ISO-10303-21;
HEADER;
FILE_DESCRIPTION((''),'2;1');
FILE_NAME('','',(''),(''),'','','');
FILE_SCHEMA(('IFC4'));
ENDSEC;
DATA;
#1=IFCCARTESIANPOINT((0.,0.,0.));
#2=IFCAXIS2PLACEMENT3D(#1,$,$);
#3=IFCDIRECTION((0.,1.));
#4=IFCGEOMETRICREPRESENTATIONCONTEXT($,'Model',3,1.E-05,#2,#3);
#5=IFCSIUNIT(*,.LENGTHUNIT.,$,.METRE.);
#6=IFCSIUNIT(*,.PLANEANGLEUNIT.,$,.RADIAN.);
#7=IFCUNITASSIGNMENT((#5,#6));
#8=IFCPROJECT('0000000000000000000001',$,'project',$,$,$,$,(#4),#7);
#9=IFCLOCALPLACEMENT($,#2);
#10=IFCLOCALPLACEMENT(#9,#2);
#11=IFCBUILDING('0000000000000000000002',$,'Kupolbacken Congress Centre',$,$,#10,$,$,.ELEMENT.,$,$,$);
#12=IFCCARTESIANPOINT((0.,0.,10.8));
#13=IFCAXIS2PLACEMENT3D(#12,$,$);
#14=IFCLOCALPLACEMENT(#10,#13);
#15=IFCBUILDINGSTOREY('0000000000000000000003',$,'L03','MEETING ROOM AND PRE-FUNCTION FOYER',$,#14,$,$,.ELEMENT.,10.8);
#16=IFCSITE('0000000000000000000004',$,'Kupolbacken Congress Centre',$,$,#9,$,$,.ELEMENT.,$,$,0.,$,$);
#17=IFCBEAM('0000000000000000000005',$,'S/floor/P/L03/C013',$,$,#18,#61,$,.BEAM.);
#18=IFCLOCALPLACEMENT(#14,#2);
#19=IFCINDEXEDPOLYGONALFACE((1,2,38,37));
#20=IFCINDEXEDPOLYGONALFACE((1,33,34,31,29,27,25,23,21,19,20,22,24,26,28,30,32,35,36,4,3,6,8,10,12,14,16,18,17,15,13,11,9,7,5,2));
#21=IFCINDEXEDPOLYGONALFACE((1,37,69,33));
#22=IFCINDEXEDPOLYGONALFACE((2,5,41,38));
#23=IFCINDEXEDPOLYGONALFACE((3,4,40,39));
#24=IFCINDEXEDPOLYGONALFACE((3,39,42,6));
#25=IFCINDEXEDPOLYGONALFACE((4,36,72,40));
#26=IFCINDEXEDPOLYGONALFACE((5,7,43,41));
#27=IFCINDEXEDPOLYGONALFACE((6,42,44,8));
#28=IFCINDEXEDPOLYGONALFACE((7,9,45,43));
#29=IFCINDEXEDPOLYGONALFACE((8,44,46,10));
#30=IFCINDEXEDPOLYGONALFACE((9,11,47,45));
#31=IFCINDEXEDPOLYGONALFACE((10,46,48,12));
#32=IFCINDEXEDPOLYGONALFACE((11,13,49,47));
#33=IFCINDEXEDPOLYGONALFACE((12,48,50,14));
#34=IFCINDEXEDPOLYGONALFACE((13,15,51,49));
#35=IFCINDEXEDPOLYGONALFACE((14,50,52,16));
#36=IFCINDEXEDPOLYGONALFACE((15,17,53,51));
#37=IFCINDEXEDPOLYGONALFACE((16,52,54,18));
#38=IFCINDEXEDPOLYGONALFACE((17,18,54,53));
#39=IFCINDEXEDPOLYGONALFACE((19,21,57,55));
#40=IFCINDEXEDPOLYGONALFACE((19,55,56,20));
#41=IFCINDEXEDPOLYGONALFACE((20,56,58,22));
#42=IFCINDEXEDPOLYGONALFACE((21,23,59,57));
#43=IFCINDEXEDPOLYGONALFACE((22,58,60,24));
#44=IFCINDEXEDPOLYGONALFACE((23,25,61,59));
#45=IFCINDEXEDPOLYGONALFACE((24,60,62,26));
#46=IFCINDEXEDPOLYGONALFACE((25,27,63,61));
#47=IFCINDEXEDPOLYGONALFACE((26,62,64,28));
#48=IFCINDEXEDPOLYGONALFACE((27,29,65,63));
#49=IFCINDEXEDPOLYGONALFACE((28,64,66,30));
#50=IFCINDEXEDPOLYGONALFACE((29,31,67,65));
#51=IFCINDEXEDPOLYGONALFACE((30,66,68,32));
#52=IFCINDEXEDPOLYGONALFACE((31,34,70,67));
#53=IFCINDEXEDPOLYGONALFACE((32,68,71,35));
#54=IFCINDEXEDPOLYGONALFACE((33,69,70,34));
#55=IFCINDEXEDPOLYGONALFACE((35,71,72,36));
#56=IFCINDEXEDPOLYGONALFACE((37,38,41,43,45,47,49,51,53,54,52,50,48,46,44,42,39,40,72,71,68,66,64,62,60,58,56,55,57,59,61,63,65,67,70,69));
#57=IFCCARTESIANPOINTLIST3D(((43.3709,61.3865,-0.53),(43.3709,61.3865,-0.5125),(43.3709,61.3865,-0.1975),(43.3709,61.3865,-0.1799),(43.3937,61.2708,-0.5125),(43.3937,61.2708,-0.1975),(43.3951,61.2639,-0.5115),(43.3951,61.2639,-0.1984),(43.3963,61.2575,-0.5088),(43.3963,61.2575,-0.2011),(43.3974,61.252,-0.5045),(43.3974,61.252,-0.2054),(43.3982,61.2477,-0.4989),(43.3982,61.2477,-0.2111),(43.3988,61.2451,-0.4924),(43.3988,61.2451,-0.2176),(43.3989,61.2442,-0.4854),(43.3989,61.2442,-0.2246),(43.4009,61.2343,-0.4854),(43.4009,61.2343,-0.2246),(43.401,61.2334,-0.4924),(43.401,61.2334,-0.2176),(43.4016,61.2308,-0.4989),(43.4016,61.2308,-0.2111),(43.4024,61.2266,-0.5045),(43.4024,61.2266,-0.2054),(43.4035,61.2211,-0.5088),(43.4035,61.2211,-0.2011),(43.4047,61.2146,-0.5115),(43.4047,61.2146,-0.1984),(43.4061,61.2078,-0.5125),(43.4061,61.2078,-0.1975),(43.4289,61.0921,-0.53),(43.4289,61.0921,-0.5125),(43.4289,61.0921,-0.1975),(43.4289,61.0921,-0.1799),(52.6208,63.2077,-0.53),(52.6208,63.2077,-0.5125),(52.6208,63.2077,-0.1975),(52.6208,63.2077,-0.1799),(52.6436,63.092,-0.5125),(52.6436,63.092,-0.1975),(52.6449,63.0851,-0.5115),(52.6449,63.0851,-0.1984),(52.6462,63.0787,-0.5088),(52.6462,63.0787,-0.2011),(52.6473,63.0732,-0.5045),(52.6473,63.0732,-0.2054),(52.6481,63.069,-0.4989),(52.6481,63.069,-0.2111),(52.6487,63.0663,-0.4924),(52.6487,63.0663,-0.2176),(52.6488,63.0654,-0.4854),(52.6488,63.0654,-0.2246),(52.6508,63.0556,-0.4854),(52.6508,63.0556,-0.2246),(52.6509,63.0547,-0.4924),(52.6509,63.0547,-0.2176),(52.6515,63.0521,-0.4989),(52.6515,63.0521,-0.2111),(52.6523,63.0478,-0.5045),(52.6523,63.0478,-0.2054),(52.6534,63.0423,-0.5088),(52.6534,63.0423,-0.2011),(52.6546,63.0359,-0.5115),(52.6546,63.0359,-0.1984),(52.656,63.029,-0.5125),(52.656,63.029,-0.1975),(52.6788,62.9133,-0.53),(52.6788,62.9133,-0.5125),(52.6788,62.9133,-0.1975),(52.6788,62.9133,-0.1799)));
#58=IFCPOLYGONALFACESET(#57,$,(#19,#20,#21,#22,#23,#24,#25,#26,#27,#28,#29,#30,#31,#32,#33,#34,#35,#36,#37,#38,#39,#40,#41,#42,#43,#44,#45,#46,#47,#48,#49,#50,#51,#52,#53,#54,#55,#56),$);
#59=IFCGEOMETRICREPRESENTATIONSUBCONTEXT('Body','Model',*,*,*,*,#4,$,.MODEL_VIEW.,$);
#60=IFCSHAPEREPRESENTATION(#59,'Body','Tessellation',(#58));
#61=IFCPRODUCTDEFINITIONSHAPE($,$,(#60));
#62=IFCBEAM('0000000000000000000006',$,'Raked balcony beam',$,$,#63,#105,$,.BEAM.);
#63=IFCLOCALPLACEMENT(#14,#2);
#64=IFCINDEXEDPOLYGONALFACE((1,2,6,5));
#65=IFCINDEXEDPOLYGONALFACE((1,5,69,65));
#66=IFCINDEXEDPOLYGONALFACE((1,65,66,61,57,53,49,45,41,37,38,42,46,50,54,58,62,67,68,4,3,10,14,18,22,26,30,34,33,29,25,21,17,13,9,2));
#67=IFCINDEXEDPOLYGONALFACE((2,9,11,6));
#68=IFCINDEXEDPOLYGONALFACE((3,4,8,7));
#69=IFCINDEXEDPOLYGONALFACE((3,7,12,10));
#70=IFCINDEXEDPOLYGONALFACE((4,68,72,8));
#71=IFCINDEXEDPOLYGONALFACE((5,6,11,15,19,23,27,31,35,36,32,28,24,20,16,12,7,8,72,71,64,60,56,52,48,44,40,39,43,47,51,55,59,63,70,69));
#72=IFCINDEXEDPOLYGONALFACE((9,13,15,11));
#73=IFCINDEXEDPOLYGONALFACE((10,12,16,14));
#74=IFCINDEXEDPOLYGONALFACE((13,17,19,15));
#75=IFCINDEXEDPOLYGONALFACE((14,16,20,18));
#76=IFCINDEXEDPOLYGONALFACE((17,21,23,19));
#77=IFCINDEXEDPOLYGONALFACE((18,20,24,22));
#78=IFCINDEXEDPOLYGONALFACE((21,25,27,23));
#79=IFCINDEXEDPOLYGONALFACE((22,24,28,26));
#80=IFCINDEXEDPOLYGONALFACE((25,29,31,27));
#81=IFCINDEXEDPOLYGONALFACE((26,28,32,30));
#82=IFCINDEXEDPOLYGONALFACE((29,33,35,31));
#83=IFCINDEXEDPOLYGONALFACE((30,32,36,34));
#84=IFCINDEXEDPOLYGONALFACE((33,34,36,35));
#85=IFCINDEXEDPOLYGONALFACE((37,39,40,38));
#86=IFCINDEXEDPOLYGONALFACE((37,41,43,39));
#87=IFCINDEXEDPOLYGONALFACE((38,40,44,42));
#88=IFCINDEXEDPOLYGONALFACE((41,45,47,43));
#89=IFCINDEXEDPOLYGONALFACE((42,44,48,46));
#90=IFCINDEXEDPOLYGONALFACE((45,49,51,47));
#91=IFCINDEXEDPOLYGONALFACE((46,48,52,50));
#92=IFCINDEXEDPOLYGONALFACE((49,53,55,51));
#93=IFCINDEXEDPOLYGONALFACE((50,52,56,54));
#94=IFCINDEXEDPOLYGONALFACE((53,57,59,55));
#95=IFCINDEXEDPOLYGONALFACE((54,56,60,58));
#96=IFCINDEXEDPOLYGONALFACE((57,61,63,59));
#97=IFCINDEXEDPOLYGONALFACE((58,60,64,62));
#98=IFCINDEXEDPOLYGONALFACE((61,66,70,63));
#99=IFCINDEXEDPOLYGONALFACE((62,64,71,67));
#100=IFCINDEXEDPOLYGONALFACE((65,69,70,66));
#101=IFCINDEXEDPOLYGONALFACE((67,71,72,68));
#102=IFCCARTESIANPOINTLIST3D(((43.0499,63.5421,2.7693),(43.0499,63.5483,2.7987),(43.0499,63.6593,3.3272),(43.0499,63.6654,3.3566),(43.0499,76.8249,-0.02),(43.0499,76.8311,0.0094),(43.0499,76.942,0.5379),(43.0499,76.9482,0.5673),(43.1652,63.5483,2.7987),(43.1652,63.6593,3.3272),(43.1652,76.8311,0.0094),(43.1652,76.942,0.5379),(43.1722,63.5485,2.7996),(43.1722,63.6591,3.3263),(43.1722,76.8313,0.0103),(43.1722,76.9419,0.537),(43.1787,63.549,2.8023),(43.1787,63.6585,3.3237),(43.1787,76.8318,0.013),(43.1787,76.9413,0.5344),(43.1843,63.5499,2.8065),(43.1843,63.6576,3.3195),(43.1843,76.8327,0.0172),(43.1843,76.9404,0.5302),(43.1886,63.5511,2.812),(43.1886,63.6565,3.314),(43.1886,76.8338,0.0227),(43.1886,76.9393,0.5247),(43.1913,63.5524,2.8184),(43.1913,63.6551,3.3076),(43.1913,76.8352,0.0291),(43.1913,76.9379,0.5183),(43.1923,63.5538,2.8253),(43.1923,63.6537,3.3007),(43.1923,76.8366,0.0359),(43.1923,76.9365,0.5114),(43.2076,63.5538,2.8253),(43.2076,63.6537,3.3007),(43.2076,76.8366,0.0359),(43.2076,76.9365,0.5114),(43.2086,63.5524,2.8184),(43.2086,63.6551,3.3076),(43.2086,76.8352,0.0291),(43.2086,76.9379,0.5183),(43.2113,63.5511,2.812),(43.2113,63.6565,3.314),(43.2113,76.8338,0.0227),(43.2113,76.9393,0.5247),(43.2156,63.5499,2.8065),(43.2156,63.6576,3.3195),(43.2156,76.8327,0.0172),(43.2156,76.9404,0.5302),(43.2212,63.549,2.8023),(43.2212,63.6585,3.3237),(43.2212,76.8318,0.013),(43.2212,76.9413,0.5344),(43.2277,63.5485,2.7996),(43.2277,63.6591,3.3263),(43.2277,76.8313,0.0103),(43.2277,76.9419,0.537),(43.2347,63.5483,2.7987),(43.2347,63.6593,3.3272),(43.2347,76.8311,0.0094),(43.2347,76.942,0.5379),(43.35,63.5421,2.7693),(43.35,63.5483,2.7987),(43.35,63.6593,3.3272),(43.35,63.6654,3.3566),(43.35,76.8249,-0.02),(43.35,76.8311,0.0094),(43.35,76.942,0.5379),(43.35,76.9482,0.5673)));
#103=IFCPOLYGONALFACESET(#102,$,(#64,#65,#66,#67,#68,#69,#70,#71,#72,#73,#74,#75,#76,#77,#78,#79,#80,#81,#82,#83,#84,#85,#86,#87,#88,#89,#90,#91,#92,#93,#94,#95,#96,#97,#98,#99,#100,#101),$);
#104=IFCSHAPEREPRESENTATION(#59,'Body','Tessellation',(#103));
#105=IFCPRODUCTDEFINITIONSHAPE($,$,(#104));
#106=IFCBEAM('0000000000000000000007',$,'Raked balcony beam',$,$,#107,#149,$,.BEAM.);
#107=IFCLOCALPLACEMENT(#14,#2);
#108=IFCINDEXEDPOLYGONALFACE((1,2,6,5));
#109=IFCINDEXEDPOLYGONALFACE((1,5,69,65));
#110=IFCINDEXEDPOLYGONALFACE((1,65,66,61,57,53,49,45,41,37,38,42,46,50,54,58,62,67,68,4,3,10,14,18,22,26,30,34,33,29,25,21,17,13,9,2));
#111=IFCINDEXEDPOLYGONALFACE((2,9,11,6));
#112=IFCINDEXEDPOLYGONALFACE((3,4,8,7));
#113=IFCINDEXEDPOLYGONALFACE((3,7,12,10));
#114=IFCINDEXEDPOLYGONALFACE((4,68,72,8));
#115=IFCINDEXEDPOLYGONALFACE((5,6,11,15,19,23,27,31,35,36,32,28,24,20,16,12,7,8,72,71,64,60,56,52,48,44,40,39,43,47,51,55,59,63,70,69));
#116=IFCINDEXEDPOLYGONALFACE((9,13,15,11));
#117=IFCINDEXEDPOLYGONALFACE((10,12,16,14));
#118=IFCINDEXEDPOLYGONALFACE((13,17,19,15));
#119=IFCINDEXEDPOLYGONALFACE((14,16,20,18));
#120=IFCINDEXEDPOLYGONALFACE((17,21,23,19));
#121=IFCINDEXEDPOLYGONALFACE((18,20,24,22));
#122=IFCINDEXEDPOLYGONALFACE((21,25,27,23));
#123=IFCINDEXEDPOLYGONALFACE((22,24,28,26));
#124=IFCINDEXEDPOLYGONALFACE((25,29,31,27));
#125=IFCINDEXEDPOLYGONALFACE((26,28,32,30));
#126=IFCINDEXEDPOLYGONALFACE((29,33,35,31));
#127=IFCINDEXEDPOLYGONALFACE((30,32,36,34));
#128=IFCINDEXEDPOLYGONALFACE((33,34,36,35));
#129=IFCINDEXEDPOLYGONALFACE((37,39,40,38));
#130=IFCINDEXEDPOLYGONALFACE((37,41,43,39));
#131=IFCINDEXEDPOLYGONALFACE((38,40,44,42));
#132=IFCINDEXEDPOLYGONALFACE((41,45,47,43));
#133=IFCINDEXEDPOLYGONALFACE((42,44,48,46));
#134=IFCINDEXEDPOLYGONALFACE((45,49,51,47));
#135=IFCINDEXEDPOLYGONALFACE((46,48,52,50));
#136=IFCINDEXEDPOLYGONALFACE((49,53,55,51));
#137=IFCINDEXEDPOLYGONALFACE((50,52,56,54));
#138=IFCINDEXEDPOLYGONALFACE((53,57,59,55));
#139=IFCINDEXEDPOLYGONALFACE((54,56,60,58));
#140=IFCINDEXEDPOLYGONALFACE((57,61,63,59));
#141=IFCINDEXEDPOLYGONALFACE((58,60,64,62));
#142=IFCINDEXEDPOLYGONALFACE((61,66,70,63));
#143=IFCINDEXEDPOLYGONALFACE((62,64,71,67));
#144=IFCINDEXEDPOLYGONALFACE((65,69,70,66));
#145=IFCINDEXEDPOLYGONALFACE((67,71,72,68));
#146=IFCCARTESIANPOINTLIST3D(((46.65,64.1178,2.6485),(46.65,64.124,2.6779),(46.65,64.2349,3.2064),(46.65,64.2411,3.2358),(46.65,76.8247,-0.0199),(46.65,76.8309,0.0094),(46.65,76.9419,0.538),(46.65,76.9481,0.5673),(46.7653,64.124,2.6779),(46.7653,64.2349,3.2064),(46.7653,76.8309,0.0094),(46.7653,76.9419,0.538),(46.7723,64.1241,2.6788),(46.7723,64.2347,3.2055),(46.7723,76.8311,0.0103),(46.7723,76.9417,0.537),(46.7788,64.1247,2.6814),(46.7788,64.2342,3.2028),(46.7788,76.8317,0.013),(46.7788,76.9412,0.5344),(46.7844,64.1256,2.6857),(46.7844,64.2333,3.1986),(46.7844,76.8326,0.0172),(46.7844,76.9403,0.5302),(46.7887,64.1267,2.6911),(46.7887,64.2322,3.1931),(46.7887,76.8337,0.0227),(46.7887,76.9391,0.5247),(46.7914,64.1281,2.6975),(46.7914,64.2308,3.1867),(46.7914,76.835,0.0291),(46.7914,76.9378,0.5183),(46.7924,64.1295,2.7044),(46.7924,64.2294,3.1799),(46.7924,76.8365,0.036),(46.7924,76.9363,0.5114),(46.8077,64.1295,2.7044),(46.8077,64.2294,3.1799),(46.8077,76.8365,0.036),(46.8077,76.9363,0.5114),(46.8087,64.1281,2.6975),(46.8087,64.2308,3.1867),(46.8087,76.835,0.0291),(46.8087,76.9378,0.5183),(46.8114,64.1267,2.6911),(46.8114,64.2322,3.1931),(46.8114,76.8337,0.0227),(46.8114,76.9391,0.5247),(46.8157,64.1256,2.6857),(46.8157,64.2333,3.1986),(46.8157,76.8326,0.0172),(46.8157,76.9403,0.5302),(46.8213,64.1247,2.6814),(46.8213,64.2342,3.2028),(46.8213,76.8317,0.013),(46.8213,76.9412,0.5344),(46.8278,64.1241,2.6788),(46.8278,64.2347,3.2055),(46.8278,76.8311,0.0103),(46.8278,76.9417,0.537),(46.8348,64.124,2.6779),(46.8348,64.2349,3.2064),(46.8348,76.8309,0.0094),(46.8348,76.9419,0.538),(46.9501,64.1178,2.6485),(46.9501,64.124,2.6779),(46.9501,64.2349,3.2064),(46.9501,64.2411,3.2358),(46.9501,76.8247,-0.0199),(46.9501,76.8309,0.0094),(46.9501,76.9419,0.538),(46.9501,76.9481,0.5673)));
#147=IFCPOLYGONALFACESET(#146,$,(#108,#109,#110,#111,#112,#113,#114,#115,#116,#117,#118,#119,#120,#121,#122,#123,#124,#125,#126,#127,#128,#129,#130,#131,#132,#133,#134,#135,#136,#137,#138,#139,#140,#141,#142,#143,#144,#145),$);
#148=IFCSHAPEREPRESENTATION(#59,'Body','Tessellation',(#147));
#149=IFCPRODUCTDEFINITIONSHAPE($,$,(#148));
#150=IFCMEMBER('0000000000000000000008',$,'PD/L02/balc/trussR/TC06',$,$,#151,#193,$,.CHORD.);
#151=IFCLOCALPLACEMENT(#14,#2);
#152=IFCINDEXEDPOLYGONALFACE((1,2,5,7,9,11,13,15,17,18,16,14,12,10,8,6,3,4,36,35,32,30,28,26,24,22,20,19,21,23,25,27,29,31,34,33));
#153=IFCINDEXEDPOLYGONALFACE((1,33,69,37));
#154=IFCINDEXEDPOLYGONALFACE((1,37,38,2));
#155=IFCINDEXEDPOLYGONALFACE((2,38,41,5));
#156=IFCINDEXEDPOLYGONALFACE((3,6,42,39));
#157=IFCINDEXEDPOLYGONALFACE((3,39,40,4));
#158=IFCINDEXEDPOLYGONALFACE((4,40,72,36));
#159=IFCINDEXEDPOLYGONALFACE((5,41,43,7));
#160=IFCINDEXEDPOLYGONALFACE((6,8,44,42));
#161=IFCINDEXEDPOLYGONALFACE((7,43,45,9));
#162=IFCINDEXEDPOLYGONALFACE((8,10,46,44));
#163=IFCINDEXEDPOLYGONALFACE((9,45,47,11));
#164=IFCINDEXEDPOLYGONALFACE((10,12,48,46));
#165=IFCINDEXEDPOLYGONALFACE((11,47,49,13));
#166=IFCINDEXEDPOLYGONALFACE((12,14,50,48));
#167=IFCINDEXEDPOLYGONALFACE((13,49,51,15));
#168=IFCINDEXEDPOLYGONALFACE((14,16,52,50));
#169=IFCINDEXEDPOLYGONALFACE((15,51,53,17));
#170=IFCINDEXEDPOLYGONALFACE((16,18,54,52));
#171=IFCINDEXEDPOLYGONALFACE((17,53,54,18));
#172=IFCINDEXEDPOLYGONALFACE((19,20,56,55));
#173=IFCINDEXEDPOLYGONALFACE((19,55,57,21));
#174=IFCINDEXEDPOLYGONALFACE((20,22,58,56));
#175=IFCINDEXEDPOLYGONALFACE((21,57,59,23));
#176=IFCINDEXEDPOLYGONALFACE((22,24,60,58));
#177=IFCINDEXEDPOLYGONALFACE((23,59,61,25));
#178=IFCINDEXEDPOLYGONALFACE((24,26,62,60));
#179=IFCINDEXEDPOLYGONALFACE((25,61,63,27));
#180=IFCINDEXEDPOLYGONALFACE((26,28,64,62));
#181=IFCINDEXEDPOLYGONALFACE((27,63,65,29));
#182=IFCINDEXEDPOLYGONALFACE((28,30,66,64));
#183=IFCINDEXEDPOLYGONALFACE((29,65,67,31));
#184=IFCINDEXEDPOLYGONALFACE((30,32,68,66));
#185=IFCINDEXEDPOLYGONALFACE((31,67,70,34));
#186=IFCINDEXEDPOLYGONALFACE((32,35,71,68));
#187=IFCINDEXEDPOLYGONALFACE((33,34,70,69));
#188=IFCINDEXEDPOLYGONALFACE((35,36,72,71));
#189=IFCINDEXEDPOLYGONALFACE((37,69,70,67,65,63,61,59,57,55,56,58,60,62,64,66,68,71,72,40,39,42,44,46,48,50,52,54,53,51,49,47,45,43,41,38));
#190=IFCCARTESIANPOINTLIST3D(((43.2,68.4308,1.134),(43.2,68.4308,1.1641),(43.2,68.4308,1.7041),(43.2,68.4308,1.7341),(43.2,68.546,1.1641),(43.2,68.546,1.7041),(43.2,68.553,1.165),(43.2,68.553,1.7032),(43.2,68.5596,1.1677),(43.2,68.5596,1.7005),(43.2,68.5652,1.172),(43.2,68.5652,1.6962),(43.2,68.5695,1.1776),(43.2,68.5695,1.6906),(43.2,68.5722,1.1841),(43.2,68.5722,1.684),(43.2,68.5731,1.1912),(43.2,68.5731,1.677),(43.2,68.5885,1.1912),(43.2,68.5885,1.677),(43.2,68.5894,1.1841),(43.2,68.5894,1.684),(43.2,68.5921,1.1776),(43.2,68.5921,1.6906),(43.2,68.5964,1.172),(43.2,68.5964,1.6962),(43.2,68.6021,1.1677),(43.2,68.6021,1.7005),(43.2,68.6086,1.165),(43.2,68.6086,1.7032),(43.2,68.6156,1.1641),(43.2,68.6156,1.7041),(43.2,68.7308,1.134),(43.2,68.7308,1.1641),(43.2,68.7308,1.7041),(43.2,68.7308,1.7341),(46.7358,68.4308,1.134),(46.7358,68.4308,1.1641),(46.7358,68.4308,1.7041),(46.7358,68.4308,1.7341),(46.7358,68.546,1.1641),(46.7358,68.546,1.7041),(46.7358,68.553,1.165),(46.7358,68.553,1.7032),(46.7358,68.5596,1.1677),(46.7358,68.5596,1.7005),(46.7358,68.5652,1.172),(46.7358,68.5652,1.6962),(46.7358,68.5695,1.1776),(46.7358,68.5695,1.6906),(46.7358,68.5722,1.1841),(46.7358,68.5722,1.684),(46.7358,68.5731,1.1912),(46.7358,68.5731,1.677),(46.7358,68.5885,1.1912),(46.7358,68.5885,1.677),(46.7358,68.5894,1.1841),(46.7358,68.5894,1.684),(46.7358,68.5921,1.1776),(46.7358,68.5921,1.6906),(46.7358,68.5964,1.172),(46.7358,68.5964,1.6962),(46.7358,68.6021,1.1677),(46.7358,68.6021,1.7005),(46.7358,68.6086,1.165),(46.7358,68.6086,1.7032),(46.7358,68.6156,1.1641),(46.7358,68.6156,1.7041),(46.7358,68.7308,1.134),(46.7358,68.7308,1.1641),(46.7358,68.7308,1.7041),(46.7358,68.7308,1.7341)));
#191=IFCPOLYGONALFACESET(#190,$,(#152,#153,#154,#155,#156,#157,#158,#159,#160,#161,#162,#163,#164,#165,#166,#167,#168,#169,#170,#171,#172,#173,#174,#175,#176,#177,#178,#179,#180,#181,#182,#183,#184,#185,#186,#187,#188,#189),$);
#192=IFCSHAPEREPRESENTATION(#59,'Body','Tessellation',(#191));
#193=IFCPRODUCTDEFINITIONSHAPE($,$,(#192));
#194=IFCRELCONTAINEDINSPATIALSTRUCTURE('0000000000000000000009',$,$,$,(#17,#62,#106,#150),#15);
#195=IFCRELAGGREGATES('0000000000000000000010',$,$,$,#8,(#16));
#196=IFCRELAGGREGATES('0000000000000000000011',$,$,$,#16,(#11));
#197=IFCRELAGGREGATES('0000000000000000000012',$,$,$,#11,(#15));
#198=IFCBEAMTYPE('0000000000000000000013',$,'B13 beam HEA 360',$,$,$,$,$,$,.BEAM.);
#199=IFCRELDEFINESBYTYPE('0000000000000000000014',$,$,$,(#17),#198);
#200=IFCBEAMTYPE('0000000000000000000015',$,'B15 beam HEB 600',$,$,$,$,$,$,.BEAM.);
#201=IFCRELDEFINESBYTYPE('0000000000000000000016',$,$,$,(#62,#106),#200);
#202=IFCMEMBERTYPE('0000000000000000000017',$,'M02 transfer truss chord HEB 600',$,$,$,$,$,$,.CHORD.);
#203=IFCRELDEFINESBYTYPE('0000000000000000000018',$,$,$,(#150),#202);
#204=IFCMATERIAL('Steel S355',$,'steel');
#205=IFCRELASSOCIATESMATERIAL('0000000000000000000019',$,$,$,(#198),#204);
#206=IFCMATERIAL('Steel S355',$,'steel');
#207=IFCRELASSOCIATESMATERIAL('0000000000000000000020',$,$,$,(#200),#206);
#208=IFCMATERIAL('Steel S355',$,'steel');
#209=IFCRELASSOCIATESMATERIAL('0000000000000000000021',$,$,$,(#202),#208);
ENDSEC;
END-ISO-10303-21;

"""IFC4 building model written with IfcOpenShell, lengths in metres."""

from ifc_helpers import new_model, si_unit, direction, frame, origin, origin_2d, place, context, subcontext, project, spatial, i_section, extrude, material, material_profile, profile_set, type_object, element, save


model = new_model("IFC4")

# Units and contexts
model_context = context("Model", 3, precision=1e-05, world=origin(), true_north=direction((0.0, 1.0)))
body_context = subcontext(model_context, "Body", "Model", "MODEL_VIEW")
ifc_project = project(units=[si_unit("LENGTHUNIT", "METRE"), si_unit("PLANEANGLEUNIT", "RADIAN")], contexts=[model_context])

# Site, building, storey
site_placement = place(None, origin())
site = spatial("IfcSite", under=ifc_project, at=site_placement, Name="Kupolbacken Congress Centre", CompositionType="ELEMENT", RefElevation=0.0)
building_placement = place(site_placement, origin())
building = spatial("IfcBuilding", under=site, at=building_placement, Name="Kupolbacken Congress Centre", CompositionType="ELEMENT")
storey_placement = place(building_placement, frame((0.0, 0.0, 10.8)))
storey = spatial("IfcBuildingStorey", under=building, at=storey_placement, Name="L03", Description="MEETING ROOM AND PRE-FUNCTION FOYER", CompositionType="ELEMENT", Elevation=10.8)

# Beams
ifc_material_1 = material(Name="Steel S355", Category="steel")
ifc_material_profile_1 = material_profile(ifc_material_1, i_section(OverallWidth=0.3, OverallDepth=0.3501, WebThickness=0.01, FlangeThickness=0.0176, FilletRadius=0.0271, at=origin_2d()), Name="HEA 360")
ifc_profile_set_1 = profile_set([ifc_material_profile_1], Name="Steel S355")
beam_type_1 = type_object("IfcBeamType", Name="B13 beam HEA 360", PredefinedType="BEAM", material=ifc_profile_set_1)
beam_1_placement = place(storey_placement, frame((43.3999, 61.2393, -0.355), z_axis=(0.981162, 0.193187, 0.0), x_axis=(-0.193187, 0.981162, 0.0)))
element("IfcBeam", 1, at=beam_1_placement, inside=storey, type_object=beam_type_1, Name="S/floor/P/L03/C013", PredefinedType="BEAM", context=body_context, shape_type="SweptSolid", body=[
    extrude(i_section(OverallWidth=0.3, OverallDepth=0.3501, WebThickness=0.01, FlangeThickness=0.0176, FilletRadius=0.0271, at=origin_2d()), origin(), (0.0, 0.0, 1.0), 9.4275),
])
ifc_material_2 = material(Name="Steel S355", Category="steel")
ifc_material_profile_2 = material_profile(ifc_material_2, i_section(OverallWidth=0.3, OverallDepth=0.6001, WebThickness=0.0154, FlangeThickness=0.03, FilletRadius=0.0271, at=origin_2d()), Name="HEB 600")
ifc_profile_set_2 = profile_set([ifc_material_profile_2], Name="Steel S355")
beam_type_2 = type_object("IfcBeamType", Name="B15 beam HEB 600", PredefinedType="BEAM", material=ifc_profile_set_2)
beam_2_placement = place(storey_placement, frame((43.2, 63.6038, 3.063), z_axis=(0.0, 0.978654, -0.205513), x_axis=(-1.0, 0.0, 0.0)))
element("IfcBeam", 2, at=beam_2_placement, inside=storey, type_object=beam_type_2, Name="Raked balcony beam", PredefinedType="BEAM", context=body_context, shape_type="SweptSolid", body=[
    extrude(i_section(OverallWidth=0.3, OverallDepth=0.6001, WebThickness=0.0154, FlangeThickness=0.03, FilletRadius=0.0271, at=origin_2d()), origin(), (0.0, 0.0, 1.0), 13.5725),
])
beam_3_placement = place(storey_placement, frame((46.8, 64.1794, 2.9421), z_axis=(0.0, 0.978654, -0.205516), x_axis=(-1.0, 0.0, 0.0)))
element("IfcBeam", 3, at=beam_3_placement, inside=storey, type_object=beam_type_2, Name="Raked balcony beam", PredefinedType="BEAM", context=body_context, shape_type="SweptSolid", body=[
    extrude(i_section(OverallWidth=0.3, OverallDepth=0.6001, WebThickness=0.0154, FlangeThickness=0.03, FilletRadius=0.0271, at=origin_2d()), origin(), (0.0, 0.0, 1.0), 12.9841),
])

# Member
ifc_material_3 = material(Name="Steel S355", Category="steel")
ifc_material_profile_3 = material_profile(ifc_material_3, i_section(OverallWidth=0.3, OverallDepth=0.6001, WebThickness=0.0154, FlangeThickness=0.03, FilletRadius=0.0271, at=origin_2d()), Name="HEB 600")
ifc_profile_set_3 = profile_set([ifc_material_profile_3], Name="Steel S355")
member_type = type_object("IfcMemberType", Name="M02 transfer truss chord HEB 600", PredefinedType="CHORD", material=ifc_profile_set_3)
for number, where, z_axis, x_axis, name in (
    (4, (43.2, 68.5808, 1.4341), (1.0, 0.0, 0.0), (0.0, 1.0, 0.0), "PD/L02/balc/trussR/TC06"),
):
    element("IfcMember", number, at=place(storey_placement, frame(where, z_axis=z_axis, x_axis=x_axis)), inside=storey, type_object=member_type, Name=name, PredefinedType="CHORD", context=body_context, shape_type="SweptSolid", body=[
        extrude(i_section(OverallWidth=0.3, OverallDepth=0.6001, WebThickness=0.0154, FlangeThickness=0.03, FilletRadius=0.0271, at=origin_2d()), origin(), (0.0, 0.0, 1.0), 3.5359),
    ])

save(model, "model.ifc")
